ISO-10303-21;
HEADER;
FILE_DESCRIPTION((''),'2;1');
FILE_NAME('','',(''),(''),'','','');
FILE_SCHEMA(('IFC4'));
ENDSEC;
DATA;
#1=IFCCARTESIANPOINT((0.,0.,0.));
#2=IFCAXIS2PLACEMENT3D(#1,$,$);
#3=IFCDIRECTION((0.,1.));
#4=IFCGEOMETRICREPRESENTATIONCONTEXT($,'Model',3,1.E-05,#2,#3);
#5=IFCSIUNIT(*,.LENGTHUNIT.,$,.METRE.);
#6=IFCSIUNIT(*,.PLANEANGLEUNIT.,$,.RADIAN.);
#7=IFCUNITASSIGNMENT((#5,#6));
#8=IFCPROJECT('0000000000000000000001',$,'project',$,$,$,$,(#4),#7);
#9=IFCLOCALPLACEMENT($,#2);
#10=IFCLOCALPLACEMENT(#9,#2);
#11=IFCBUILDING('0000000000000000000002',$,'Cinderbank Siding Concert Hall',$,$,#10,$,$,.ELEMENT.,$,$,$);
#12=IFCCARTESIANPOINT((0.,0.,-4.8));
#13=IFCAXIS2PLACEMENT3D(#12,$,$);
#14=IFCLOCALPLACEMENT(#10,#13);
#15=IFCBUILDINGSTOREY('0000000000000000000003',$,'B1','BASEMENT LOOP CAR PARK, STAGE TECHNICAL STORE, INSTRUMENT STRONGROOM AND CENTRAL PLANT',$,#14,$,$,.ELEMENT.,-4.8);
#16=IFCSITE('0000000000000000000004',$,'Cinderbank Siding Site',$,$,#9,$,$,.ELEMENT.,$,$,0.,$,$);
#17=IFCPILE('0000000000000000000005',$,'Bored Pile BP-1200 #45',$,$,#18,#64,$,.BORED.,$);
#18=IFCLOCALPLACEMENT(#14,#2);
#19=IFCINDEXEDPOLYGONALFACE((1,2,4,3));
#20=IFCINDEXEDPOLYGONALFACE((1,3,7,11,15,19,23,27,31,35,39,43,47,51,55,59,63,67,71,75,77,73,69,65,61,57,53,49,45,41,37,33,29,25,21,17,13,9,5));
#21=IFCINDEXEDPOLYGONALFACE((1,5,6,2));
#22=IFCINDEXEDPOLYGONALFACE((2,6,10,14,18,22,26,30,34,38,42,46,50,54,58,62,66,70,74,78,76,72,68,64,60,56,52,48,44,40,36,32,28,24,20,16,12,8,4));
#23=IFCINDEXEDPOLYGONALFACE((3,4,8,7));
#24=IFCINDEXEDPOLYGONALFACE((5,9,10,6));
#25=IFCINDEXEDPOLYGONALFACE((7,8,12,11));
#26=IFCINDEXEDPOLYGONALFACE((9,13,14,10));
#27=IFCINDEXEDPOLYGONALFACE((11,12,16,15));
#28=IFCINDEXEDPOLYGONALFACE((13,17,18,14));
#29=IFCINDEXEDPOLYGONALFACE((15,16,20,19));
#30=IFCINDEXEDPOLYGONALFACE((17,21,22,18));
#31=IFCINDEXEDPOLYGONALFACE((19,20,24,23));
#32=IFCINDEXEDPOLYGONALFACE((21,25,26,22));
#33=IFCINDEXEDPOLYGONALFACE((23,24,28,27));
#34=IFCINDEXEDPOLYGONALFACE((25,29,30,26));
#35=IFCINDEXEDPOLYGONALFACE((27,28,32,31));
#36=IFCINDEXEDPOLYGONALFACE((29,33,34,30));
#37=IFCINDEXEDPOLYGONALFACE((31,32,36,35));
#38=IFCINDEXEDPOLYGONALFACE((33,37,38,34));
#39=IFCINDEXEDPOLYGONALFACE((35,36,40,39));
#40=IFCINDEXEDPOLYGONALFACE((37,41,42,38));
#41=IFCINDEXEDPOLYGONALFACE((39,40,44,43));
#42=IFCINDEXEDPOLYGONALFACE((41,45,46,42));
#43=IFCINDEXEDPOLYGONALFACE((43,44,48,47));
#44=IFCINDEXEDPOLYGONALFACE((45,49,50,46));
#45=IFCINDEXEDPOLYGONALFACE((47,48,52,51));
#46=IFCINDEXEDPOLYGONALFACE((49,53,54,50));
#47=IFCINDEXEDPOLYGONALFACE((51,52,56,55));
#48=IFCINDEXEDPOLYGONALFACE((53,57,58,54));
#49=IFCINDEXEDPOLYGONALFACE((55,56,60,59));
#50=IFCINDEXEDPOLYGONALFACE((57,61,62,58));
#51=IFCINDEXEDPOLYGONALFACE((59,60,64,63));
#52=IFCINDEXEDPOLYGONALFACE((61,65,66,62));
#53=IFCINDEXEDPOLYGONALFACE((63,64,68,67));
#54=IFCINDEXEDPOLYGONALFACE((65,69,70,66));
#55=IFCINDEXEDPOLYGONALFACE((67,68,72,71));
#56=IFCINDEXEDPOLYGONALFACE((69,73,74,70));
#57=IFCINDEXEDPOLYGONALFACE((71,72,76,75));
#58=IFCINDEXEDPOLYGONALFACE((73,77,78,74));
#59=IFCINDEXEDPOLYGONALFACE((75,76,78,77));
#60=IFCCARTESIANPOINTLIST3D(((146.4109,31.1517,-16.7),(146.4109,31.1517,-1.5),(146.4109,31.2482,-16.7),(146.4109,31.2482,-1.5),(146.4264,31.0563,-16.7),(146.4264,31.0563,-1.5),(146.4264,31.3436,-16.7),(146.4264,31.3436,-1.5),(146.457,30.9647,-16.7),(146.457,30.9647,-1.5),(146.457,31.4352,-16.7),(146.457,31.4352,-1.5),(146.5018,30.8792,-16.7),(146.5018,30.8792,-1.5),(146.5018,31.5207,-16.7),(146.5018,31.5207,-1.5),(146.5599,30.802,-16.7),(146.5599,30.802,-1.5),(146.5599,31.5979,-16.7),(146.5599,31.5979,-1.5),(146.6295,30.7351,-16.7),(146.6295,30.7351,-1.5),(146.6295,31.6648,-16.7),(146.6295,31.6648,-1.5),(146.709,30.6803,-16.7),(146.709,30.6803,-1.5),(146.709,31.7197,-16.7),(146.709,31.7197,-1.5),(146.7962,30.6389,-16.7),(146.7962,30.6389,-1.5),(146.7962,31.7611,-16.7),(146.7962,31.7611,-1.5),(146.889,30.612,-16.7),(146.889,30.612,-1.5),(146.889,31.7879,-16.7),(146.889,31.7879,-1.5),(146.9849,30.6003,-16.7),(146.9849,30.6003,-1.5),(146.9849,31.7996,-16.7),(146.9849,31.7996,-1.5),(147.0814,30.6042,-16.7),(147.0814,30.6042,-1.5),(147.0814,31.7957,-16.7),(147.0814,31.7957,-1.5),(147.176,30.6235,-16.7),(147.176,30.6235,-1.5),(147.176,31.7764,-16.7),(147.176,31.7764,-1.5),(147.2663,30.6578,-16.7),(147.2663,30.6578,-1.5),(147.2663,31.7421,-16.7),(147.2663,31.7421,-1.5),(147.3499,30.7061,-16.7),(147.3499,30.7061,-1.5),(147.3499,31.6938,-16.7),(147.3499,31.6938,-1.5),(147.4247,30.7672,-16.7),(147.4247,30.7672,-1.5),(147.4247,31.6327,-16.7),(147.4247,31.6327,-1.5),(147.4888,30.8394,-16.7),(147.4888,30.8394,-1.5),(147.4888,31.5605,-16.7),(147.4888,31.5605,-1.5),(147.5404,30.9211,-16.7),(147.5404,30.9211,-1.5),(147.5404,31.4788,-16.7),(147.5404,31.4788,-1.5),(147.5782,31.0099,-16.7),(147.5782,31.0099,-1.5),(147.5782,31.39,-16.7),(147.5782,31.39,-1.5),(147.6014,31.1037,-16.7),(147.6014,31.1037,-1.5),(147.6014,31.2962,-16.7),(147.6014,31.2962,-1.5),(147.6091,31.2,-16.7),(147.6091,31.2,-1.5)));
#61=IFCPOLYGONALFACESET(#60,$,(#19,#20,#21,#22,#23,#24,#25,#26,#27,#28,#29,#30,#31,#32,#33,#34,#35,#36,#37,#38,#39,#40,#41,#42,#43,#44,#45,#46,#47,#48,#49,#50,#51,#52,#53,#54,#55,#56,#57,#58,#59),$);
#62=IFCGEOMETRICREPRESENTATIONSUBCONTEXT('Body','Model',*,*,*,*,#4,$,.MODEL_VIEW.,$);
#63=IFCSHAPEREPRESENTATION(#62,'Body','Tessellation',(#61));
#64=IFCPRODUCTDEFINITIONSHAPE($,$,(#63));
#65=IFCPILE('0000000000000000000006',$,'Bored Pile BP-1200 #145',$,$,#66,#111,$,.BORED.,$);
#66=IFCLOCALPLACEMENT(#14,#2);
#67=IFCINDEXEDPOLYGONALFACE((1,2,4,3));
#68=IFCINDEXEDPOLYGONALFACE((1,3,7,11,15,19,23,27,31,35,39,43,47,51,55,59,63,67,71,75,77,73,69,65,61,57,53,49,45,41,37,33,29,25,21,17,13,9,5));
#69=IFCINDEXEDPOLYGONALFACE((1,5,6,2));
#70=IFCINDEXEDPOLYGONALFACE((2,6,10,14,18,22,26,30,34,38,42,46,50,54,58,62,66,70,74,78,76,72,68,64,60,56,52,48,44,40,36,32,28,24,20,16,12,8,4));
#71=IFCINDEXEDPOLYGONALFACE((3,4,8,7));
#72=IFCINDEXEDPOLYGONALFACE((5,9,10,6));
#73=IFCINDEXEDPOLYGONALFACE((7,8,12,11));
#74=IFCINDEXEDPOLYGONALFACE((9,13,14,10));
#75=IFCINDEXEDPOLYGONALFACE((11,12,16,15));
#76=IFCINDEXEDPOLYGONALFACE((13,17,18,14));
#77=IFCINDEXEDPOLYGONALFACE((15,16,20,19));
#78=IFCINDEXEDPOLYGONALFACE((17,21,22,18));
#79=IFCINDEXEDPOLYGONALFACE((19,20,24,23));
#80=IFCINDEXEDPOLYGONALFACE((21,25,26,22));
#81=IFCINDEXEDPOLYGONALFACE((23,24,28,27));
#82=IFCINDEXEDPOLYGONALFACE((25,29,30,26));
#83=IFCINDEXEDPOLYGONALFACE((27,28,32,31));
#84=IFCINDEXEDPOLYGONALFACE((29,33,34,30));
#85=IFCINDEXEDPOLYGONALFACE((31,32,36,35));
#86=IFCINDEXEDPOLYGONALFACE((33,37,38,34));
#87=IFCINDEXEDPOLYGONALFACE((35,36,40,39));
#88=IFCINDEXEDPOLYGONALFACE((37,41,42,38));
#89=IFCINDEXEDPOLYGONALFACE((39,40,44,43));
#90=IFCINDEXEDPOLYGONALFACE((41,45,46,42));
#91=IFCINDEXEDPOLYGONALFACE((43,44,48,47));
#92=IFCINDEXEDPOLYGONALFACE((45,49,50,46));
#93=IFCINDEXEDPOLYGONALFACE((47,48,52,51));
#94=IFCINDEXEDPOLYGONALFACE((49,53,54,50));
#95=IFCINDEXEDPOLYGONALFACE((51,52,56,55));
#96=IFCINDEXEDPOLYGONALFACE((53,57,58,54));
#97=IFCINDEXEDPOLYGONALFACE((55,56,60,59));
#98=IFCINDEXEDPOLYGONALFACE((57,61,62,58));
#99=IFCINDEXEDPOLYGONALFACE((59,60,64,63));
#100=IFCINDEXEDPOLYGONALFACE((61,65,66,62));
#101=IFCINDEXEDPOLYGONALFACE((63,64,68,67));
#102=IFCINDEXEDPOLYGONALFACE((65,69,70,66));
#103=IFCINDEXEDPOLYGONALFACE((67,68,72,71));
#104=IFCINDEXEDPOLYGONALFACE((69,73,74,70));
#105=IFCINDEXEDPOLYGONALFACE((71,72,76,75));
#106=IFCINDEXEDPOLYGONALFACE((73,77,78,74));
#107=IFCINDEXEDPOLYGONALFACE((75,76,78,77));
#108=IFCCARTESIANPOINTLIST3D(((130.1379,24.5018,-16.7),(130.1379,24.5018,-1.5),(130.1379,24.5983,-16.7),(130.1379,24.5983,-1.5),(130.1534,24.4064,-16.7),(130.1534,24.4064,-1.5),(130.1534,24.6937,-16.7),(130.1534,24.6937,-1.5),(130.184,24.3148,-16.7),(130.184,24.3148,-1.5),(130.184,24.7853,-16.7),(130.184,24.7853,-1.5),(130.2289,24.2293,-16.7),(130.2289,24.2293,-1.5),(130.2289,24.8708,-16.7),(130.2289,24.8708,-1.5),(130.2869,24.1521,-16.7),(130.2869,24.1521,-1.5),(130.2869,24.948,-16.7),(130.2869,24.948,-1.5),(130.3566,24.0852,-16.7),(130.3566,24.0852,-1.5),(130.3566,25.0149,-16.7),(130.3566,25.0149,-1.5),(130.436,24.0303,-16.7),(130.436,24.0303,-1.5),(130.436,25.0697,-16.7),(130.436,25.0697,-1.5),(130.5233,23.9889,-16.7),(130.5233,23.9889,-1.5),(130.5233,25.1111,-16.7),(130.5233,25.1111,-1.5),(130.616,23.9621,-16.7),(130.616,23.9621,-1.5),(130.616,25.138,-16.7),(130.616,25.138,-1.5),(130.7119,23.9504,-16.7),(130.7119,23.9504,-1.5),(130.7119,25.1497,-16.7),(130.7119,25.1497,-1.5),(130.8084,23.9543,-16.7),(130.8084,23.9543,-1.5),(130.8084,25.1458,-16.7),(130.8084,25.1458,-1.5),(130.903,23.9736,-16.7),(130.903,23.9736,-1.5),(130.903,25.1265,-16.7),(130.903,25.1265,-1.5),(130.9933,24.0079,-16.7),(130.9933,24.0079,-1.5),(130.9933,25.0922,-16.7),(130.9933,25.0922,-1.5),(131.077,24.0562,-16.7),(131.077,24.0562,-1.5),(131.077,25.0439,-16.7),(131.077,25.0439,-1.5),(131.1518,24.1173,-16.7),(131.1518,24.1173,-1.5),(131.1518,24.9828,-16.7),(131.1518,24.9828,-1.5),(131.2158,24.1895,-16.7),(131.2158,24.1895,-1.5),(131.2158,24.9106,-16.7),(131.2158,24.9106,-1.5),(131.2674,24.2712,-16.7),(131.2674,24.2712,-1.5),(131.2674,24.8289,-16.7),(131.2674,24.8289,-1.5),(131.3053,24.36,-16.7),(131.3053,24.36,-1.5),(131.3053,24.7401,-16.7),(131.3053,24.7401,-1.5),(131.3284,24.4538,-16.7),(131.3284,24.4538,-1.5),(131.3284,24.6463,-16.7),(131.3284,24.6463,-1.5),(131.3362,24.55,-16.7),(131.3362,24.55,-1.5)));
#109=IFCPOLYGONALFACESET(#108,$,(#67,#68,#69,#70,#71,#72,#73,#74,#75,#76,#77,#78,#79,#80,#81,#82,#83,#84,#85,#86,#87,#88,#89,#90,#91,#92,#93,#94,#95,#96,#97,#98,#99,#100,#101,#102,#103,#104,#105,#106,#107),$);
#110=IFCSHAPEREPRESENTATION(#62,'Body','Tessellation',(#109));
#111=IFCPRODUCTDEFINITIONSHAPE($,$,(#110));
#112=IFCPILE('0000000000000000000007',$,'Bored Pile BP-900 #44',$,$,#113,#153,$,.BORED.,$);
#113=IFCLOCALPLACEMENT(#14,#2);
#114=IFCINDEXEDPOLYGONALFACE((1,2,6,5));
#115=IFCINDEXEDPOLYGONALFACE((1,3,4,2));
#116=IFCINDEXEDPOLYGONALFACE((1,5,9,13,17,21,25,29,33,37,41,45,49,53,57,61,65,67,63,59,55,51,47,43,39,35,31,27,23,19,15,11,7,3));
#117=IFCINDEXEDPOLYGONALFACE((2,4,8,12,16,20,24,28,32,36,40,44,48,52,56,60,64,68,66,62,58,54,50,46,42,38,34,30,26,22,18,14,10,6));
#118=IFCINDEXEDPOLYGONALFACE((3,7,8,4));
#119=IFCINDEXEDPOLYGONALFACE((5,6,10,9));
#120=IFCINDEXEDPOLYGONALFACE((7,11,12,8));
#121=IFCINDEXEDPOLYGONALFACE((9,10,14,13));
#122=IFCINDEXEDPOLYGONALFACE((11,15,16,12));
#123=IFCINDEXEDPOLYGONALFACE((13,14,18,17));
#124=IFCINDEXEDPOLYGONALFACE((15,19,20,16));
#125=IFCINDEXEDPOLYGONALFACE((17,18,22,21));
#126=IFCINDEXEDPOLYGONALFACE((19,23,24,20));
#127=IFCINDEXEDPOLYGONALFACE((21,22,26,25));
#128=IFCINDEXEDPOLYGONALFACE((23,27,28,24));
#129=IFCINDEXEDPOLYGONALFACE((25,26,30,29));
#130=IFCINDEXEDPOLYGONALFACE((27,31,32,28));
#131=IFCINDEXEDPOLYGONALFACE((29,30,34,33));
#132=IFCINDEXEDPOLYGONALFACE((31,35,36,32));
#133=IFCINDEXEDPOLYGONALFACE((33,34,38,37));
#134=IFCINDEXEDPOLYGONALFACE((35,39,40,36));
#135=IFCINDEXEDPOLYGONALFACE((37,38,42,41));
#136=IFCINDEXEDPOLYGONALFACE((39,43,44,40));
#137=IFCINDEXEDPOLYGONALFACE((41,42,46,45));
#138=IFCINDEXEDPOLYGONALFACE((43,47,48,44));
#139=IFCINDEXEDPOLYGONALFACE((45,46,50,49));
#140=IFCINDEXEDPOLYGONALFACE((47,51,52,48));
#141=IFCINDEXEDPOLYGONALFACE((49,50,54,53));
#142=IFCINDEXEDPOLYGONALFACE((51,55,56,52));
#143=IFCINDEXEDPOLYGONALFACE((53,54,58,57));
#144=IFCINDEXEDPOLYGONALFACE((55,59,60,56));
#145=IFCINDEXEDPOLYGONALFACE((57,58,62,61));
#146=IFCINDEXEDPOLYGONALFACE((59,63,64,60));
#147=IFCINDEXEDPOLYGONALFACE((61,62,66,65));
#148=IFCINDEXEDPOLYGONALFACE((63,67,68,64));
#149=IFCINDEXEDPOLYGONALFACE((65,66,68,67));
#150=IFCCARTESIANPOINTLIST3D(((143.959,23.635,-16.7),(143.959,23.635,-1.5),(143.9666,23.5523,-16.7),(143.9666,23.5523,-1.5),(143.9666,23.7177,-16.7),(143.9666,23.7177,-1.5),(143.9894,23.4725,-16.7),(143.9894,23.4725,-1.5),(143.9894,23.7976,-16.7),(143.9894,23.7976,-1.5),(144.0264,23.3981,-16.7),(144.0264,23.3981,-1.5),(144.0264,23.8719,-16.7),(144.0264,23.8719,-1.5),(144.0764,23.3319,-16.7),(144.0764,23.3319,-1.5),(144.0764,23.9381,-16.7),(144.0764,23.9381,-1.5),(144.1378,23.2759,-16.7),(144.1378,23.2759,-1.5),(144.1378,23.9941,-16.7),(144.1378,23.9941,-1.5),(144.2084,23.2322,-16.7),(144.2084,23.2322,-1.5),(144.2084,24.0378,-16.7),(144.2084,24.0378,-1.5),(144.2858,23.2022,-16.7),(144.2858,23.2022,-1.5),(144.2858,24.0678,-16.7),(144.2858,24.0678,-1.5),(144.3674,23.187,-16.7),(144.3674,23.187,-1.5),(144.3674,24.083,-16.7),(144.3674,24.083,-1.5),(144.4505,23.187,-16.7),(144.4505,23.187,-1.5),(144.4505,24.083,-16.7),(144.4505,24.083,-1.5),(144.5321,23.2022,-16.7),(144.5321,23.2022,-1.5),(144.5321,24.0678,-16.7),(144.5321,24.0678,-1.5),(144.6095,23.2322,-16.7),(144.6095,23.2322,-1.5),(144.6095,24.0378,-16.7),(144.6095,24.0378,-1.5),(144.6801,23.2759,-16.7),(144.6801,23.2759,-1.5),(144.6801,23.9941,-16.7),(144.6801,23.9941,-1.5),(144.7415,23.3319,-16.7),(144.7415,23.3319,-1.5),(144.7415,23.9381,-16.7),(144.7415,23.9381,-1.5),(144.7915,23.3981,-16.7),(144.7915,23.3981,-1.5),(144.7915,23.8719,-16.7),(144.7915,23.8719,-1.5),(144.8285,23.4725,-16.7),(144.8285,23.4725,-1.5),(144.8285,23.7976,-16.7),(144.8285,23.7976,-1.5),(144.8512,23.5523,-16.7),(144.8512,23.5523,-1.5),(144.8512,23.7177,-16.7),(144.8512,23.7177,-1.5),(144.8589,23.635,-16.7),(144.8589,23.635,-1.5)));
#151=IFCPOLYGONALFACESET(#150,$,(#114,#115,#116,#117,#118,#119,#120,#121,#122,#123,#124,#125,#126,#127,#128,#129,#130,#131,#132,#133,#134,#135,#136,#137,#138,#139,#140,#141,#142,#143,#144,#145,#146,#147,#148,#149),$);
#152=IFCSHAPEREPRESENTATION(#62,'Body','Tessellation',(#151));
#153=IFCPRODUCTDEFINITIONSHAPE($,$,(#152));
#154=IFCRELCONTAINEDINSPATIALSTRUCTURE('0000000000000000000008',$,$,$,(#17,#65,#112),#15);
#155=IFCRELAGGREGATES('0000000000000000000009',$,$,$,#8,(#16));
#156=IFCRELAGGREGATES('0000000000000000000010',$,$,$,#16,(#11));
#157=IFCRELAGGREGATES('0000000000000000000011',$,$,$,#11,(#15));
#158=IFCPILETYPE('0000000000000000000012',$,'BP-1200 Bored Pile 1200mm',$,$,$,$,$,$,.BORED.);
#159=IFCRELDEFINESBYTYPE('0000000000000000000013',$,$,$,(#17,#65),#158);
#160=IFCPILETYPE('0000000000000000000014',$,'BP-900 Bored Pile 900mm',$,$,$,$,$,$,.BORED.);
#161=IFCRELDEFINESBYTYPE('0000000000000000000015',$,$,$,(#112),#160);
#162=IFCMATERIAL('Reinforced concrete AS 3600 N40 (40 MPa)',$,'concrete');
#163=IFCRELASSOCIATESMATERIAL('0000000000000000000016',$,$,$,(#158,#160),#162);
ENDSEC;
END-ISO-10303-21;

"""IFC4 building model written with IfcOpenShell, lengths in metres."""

from ifc_helpers import new_model, si_unit, direction, frame, origin, origin_2d, place, context, subcontext, project, spatial, circle, extrude, material, material_profile, profile_set, type_object, element, save


model = new_model("IFC4")

# Units and contexts
model_context = context("Model", 3, precision=1e-05, world=origin(), true_north=direction((0.0, 1.0)))
body_context = subcontext(model_context, "Body", "Model", "MODEL_VIEW")
ifc_project = project(units=[si_unit("LENGTHUNIT", "METRE"), si_unit("PLANEANGLEUNIT", "RADIAN")], contexts=[model_context])

# Site, building, storey
site_placement = place(None, origin())
site = spatial("IfcSite", under=ifc_project, at=site_placement, Name="Cinderbank Siding Site", CompositionType="ELEMENT", RefElevation=0.0)
building_placement = place(site_placement, origin())
building = spatial("IfcBuilding", under=site, at=building_placement, Name="Cinderbank Siding Concert Hall", CompositionType="ELEMENT")
storey_placement = place(building_placement, frame((0.0, 0.0, -4.8)))
storey = spatial("IfcBuildingStorey", under=building, at=storey_placement, Name="B1", Description="BASEMENT LOOP CAR PARK, STAGE TECHNICAL STORE, INSTRUMENT STRONGROOM AND CENTRAL PLANT", CompositionType="ELEMENT", Elevation=-4.8)

# Piles
ifc_material_1 = material(Name="Reinforced concrete AS 3600 N40 (40 MPa)", Category="concrete")
ifc_material_profile_1 = material_profile(ifc_material_1, circle(Radius=0.6001, at=origin_2d()), Name="PILE-1200DIA", Category="LoadBearing")
ifc_profile_set_1 = profile_set([ifc_material_profile_1], Name="Reinforced concrete AS 3600 N40 (40 MPa)")
pile_type_1 = type_object("IfcPileType", Name="BP-1200 Bored Pile 1200mm", PredefinedType="BORED", material=ifc_profile_set_1)
for number, where, z_axis, x_axis, name in (
    (1, (147.009, 31.2, -1.5), (0.0, 0.0, -1.0), (1.0, 0.0, 0.0), "Bored Pile BP-1200 #45"),
    (2, (130.7361, 24.55, -1.5), (0.0, 0.0, -1.0), (1.0, 0.0, 0.0), "Bored Pile BP-1200 #145"),
):
    element("IfcPile", number, at=place(storey_placement, frame(where, z_axis=z_axis, x_axis=x_axis)), inside=storey, type_object=pile_type_1, Name=name, PredefinedType="BORED", context=body_context, shape_type="SweptSolid", body=[
        extrude(circle(Radius=0.6001, at=origin_2d()), origin(), (0.0, 0.0, 1.0), 15.2),
    ])
ifc_material_profile_2 = material_profile(ifc_material_1, circle(Radius=0.45, at=origin_2d()), Name="PILE-900DIA", Category="LoadBearing")
ifc_profile_set_2 = profile_set([ifc_material_profile_2], Name="Reinforced concrete AS 3600 N40 (40 MPa)")
pile_type_2 = type_object("IfcPileType", Name="BP-900 Bored Pile 900mm", PredefinedType="BORED", material=ifc_profile_set_2)
pile_placement = place(storey_placement, frame((144.4089, 23.635, -1.5), z_axis=(0.0, 0.0, -1.0), x_axis=(1.0, 0.0, 0.0)))
element("IfcPile", 3, at=pile_placement, inside=storey, type_object=pile_type_2, Name="Bored Pile BP-900 #44", PredefinedType="BORED", context=body_context, shape_type="SweptSolid", body=[
    extrude(circle(Radius=0.45, at=origin_2d()), origin(), (0.0, 0.0, 1.0), 15.2),
])

save(model, "model.ifc")
